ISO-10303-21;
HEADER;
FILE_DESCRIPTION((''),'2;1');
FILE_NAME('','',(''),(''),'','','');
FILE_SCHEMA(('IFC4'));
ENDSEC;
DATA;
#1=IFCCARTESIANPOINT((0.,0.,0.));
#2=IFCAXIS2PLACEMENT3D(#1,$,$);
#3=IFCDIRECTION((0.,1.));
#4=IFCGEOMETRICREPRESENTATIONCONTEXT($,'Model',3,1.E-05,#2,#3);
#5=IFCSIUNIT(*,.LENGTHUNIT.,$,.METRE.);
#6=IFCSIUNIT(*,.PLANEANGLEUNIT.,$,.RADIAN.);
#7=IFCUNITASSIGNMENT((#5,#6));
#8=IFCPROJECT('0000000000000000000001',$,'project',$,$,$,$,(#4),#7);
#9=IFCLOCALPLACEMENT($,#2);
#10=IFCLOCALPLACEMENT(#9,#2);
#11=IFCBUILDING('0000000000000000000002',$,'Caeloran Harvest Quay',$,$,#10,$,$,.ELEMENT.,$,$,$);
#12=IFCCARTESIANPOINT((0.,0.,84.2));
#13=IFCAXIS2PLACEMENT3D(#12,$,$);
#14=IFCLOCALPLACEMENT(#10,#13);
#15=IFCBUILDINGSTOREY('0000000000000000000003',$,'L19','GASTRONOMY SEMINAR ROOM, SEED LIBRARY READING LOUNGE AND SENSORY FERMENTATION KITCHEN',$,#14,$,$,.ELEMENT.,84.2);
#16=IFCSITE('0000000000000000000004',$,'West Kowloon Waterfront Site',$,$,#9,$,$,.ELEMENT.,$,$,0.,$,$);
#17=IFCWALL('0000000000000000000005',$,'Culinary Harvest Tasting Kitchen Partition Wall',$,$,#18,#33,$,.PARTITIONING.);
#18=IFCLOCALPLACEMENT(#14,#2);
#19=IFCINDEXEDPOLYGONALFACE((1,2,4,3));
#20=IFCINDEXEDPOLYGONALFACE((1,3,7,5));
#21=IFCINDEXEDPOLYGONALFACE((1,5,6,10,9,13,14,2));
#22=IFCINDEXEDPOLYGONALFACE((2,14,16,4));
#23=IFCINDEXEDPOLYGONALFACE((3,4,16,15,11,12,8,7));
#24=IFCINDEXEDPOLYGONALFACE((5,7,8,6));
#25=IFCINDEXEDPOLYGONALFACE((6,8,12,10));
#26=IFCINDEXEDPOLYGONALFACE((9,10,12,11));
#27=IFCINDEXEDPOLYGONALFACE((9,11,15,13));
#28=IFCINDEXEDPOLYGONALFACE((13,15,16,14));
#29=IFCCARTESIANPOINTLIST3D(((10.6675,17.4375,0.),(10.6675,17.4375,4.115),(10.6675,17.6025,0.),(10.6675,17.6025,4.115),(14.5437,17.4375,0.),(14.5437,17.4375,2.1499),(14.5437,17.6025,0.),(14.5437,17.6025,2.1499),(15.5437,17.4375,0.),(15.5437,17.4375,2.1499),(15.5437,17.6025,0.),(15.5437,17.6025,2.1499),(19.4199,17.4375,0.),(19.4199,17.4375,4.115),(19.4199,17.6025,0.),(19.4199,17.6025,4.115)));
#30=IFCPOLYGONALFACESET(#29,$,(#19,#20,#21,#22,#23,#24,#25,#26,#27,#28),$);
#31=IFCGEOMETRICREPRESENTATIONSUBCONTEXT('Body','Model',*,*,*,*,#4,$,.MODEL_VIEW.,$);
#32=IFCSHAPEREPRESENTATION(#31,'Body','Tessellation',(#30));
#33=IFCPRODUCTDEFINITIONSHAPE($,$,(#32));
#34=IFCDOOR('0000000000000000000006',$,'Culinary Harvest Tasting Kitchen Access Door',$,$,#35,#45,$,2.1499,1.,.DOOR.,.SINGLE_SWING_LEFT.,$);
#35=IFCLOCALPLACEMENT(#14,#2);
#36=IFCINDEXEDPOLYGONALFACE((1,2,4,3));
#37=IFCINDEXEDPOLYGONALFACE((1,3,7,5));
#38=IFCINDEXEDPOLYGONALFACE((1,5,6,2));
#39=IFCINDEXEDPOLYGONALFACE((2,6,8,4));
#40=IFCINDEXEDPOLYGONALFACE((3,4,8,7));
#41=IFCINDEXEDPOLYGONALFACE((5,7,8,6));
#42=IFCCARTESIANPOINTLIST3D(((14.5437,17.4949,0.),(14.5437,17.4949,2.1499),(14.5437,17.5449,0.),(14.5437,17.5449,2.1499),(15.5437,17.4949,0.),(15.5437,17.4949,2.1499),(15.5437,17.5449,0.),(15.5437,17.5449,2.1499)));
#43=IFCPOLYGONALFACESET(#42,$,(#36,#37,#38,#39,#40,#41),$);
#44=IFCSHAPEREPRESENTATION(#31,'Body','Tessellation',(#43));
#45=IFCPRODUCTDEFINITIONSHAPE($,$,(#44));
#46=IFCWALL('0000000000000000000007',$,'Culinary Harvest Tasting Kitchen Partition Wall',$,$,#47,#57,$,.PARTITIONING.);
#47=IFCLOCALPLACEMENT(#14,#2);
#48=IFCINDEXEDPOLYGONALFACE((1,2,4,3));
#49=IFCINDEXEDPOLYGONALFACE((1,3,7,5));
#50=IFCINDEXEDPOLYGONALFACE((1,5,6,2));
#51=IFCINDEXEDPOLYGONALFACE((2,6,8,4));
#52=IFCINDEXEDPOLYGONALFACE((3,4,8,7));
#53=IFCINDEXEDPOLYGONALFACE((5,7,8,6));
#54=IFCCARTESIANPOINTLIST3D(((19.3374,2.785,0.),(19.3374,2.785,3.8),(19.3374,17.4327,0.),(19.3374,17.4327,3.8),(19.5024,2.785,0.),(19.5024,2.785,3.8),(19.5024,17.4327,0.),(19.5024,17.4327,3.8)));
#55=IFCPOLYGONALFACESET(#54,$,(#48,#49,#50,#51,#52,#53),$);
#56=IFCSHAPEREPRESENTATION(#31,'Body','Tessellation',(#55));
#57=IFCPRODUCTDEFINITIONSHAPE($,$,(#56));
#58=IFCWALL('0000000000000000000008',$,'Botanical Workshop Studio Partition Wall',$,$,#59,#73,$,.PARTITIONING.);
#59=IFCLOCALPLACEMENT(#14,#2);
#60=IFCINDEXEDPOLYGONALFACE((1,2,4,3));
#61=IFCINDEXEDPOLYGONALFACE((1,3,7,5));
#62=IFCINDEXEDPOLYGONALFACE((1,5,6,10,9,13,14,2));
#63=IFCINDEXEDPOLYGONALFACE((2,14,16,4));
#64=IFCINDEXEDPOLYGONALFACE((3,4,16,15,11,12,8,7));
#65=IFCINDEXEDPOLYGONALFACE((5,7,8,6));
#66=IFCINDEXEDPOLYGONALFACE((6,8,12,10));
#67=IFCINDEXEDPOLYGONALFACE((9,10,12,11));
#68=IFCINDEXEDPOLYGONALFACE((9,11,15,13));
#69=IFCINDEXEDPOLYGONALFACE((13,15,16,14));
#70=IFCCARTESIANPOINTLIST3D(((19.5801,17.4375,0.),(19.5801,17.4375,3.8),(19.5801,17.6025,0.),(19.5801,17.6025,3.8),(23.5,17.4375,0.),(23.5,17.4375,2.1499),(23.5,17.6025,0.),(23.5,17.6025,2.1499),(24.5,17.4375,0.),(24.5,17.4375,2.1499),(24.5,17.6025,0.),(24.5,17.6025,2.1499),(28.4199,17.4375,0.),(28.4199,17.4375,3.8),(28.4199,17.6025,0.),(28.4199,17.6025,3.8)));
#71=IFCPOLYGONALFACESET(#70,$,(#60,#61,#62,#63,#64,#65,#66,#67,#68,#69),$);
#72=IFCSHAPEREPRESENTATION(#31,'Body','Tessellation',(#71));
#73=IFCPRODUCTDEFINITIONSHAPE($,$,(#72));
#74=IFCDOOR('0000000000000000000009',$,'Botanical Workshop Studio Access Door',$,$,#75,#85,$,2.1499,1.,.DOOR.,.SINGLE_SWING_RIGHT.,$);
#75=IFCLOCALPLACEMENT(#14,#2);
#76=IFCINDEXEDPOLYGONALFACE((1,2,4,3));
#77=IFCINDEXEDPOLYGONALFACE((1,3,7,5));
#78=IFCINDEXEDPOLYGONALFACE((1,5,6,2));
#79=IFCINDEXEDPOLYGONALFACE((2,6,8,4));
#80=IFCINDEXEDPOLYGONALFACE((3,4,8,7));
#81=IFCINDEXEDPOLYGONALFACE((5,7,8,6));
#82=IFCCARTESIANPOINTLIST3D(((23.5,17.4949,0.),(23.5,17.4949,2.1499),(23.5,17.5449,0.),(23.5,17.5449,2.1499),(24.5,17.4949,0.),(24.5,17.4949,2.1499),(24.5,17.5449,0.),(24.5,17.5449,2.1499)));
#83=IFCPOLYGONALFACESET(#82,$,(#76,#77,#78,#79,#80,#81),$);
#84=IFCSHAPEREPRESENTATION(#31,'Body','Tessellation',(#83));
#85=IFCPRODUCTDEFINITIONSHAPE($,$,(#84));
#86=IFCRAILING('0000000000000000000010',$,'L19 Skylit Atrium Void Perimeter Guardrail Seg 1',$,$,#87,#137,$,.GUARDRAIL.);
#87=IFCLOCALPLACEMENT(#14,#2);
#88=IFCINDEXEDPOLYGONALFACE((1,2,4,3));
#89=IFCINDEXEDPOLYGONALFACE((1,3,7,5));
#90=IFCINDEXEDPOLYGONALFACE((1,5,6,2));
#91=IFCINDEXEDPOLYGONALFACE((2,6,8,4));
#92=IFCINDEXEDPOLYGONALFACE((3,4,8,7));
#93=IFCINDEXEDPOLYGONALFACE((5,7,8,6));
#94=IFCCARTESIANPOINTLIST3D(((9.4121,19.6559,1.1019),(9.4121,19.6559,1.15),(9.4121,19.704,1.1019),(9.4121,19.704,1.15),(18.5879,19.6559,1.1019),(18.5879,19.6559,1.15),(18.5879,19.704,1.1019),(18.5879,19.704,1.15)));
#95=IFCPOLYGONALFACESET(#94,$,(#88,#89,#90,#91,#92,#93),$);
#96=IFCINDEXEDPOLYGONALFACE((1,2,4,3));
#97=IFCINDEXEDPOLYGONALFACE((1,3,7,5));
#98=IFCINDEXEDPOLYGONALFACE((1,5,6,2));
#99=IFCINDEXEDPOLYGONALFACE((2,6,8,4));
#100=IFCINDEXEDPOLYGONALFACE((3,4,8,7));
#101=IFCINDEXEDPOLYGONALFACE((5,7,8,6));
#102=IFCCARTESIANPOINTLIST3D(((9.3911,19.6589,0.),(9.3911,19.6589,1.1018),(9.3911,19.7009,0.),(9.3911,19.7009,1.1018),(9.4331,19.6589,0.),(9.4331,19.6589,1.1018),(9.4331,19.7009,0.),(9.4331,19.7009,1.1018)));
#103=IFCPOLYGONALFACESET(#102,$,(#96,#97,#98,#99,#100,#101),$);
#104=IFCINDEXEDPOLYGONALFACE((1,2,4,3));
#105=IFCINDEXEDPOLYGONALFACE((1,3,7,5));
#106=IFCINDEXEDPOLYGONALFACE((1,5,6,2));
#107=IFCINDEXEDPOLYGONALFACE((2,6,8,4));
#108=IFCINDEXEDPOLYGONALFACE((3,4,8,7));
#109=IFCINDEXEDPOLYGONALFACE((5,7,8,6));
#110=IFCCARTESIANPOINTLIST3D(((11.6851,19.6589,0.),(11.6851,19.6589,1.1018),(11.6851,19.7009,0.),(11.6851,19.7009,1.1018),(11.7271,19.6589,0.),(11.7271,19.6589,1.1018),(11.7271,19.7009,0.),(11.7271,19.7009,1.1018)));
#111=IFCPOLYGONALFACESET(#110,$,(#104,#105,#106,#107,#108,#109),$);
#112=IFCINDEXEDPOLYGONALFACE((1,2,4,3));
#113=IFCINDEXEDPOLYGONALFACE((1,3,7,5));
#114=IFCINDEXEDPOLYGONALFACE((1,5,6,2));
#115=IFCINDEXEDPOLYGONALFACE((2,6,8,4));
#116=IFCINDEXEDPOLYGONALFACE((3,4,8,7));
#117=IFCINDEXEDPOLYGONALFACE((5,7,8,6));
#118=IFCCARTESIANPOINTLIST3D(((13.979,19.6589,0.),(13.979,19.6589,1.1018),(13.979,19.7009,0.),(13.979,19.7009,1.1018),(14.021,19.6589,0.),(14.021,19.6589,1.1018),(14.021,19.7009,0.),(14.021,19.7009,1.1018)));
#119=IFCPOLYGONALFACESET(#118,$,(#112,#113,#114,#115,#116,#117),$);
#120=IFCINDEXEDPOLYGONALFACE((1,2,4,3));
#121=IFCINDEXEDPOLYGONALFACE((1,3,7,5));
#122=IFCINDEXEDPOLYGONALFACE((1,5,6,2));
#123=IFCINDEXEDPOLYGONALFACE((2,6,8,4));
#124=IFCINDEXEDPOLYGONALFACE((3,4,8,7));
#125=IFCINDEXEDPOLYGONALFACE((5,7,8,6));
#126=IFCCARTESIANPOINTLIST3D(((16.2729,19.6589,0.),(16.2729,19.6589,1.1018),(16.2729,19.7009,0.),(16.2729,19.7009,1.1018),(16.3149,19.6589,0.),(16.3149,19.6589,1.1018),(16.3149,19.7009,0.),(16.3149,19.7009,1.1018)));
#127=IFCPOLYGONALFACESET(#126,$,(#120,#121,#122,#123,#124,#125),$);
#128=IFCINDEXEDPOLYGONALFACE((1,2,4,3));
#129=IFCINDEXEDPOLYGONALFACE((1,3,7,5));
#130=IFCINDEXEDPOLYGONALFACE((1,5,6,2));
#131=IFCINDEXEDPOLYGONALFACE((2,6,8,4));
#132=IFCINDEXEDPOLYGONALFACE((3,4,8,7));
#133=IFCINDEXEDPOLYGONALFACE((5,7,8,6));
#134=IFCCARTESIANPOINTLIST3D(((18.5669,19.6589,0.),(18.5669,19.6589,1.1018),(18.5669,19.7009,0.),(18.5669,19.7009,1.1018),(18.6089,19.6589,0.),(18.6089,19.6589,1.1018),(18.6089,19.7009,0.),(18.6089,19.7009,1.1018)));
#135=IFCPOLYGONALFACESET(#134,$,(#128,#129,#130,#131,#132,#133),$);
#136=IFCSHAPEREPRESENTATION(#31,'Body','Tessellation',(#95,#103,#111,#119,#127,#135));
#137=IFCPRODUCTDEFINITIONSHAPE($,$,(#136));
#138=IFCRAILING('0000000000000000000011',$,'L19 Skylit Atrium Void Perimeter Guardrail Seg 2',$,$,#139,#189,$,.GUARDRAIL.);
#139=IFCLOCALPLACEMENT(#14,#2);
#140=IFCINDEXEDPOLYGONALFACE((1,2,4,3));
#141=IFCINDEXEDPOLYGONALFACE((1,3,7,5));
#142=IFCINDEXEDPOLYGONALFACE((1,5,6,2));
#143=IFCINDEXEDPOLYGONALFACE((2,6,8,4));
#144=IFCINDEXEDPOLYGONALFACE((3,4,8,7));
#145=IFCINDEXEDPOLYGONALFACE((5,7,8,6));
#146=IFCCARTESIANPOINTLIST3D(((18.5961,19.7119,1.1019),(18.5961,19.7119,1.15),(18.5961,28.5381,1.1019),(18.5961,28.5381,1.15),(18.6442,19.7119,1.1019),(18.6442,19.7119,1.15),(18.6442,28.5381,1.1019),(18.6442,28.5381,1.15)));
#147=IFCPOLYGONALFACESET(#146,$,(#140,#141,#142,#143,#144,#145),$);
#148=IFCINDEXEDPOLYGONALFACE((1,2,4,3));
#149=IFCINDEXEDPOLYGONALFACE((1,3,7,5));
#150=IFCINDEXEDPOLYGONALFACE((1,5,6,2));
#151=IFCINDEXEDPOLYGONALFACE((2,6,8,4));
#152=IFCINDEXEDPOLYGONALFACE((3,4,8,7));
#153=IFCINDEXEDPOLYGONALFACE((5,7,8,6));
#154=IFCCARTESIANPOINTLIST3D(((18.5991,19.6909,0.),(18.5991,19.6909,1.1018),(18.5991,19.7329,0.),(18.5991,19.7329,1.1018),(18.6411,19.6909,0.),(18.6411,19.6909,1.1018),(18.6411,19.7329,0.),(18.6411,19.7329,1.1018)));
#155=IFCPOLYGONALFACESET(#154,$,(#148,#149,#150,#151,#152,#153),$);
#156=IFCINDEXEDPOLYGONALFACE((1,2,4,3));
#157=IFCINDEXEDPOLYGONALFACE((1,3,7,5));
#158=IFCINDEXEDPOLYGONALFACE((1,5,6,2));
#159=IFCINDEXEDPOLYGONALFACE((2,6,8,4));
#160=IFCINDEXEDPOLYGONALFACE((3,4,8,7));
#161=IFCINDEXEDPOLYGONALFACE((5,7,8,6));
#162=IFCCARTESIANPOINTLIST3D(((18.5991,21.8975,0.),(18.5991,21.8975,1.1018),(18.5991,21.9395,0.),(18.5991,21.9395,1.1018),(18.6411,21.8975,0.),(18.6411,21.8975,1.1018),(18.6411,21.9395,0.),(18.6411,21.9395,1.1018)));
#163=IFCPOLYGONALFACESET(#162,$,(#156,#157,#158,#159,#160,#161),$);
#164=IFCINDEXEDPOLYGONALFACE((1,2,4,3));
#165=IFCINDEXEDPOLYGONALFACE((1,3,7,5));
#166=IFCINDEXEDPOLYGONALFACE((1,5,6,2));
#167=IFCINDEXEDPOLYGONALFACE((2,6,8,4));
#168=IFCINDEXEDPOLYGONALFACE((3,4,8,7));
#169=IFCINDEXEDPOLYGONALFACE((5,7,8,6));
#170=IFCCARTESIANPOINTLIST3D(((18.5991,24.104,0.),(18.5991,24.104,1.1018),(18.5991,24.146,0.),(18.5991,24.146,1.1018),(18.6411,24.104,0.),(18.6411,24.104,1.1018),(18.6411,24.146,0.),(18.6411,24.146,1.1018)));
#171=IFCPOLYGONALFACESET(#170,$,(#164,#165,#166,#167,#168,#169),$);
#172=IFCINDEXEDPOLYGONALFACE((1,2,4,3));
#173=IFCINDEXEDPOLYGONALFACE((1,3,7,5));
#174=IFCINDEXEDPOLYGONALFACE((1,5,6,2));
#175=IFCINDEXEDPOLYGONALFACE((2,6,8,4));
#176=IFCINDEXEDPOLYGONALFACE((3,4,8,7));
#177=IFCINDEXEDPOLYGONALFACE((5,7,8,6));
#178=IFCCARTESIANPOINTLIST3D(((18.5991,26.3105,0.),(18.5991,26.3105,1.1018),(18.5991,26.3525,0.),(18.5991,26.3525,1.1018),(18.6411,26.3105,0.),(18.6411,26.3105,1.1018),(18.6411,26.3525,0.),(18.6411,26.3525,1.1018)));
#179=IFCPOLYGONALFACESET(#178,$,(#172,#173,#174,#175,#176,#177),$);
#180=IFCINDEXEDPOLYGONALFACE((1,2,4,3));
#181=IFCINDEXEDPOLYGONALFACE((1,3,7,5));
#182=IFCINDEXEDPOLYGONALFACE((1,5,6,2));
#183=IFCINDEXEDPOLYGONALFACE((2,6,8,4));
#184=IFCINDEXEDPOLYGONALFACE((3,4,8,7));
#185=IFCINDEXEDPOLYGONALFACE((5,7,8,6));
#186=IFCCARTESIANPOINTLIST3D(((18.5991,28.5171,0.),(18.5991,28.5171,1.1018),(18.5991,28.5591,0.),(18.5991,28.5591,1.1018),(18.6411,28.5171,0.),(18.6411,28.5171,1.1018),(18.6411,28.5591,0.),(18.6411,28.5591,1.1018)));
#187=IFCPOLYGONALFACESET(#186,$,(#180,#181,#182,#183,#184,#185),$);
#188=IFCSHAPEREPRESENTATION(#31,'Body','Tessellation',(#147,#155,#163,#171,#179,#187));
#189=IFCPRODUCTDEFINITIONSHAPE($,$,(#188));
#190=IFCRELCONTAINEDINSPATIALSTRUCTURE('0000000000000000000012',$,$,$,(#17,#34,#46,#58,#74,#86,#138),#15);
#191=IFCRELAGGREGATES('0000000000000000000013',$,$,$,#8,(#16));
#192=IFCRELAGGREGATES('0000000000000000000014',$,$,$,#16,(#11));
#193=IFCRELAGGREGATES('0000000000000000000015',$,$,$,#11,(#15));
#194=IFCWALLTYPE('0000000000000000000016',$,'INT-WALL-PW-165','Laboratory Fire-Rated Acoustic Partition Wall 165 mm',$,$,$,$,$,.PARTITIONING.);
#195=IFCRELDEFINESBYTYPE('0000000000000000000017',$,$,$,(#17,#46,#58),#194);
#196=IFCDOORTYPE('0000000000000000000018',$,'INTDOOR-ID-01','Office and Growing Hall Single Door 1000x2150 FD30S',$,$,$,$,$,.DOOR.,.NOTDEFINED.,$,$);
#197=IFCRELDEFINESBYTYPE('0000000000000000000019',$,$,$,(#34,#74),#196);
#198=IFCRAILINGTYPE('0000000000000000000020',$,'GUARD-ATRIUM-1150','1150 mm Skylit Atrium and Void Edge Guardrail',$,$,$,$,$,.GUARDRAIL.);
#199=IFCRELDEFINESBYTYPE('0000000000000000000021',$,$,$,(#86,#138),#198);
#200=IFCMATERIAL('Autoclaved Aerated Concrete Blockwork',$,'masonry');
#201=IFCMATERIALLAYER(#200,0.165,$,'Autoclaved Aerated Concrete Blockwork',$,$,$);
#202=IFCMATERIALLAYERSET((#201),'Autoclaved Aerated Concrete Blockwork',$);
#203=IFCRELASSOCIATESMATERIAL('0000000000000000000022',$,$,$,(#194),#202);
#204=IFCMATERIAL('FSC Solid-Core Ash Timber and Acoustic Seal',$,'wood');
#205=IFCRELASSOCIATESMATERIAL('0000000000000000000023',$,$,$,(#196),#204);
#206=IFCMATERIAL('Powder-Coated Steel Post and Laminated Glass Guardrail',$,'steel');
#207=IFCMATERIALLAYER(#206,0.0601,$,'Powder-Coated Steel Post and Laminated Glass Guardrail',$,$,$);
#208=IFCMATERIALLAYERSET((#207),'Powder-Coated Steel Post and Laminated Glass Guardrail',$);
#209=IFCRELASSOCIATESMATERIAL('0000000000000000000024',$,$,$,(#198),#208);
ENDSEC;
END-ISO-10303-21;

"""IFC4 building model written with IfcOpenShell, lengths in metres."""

from ifc_helpers import new_model, si_unit, direction, frame, frame_2d, origin, origin_2d, place, context, subcontext, project, spatial, rectangle, extrude, material, layer, layer_set, type_object, element, fill, save


model = new_model("IFC4")

# Units and contexts
model_context = context("Model", 3, precision=1e-05, world=origin(), true_north=direction((0.0, 1.0)))
body_context = subcontext(model_context, "Body", "Model", "MODEL_VIEW")
ifc_project = project(units=[si_unit("LENGTHUNIT", "METRE"), si_unit("PLANEANGLEUNIT", "RADIAN")], contexts=[model_context])

# Site, building, storey
site_placement = place(None, origin())
site = spatial("IfcSite", under=ifc_project, at=site_placement, Name="West Kowloon Waterfront Site", CompositionType="ELEMENT", RefElevation=0.0)
building_placement = place(site_placement, origin())
building = spatial("IfcBuilding", under=site, at=building_placement, Name="Caeloran Harvest Quay", CompositionType="ELEMENT")
storey_placement = place(building_placement, frame((0.0, 0.0, 84.2)))
storey = spatial("IfcBuildingStorey", under=building, at=storey_placement, Name="L19", Description="GASTRONOMY SEMINAR ROOM, SEED LIBRARY READING LOUNGE AND SENSORY FERMENTATION KITCHEN", CompositionType="ELEMENT", Elevation=84.2)

# Wall, opening, door
ifc_material_1 = material(Name="Autoclaved Aerated Concrete Blockwork", Category="masonry")
ifc_layer_1 = layer(ifc_material_1, 0.165, Name="Autoclaved Aerated Concrete Blockwork")
ifc_layer_set_1 = layer_set([ifc_layer_1], Name="Autoclaved Aerated Concrete Blockwork")
wall_type_1 = type_object("IfcWallType", Name="INT-WALL-PW-165", Description="Laboratory Fire-Rated Acoustic Partition Wall 165 mm", PredefinedType="PARTITIONING", material=ifc_layer_set_1)
wall_1_placement = place(storey_placement, frame((10.6675, 17.52, 0.0), z_axis=(0.0, 0.0, 1.0), x_axis=(1.0, 0.0, 0.0)))
wall_1 = element("IfcWall", 1, at=wall_1_placement, inside=storey, type_object=wall_type_1, Name="Culinary Harvest Tasting Kitchen Partition Wall", PredefinedType="PARTITIONING", context=body_context, shape_type="SweptSolid", body=[
    extrude(rectangle(XDim=8.7524, YDim=0.165, at=frame_2d((4.3762, 0.0))), origin(), (0.0, 0.0, 1.0), 4.115),
])
opening_1_placement = place(wall_1_placement, frame((3.8762, 0.0, 0.0)))
opening_1 = element("IfcOpeningElement", 2, at=opening_1_placement, cuts=wall_1, PredefinedType="OPENING", context=body_context, shape_type="SweptSolid", body=[
    extrude(rectangle(XDim=1.0, YDim=2.1499, at=frame_2d((0.5, 1.075))), frame((0.0, 0.0925, 0.0), z_axis=(0.0, -1.0, 0.0), x_axis=(1.0, 0.0, 0.0)), (0.0, 0.0, 1.0), 0.1851),
])
ifc_material_2 = material(Name="FSC Solid-Core Ash Timber and Acoustic Seal", Category="wood")
door_type_1 = type_object("IfcDoorType", Name="INTDOOR-ID-01", Description="Office and Growing Hall Single Door 1000x2150 FD30S", OperationType="NOTDEFINED", PredefinedType="DOOR", material=ifc_material_2)
door_1_placement = place(opening_1_placement, origin())
door_1 = element("IfcDoor", 3, at=door_1_placement, inside=storey, type_object=door_type_1, Name="Culinary Harvest Tasting Kitchen Access Door", OperationType="SINGLE_SWING_LEFT", OverallHeight=2.1499, OverallWidth=1.0, PredefinedType="DOOR", context=body_context, shape_type="SweptSolid", body=[
    extrude(rectangle(XDim=1.0, YDim=2.1499, at=frame_2d((0.5, 1.075))), frame((0.0, 0.0249, 0.0), z_axis=(0.0, -1.0, 0.0), x_axis=(1.0, 0.0, 0.0)), (0.0, 0.0, 1.0), 0.05),
])
fill(opening_1, door_1)

# Wall
wall_2_placement = place(storey_placement, frame((19.4199, 17.4326, 0.0), z_axis=(0.0, 0.0, 1.0), x_axis=(0.0, -1.0, 0.0)))
element("IfcWall", 4, at=wall_2_placement, inside=storey, type_object=wall_type_1, Name="Culinary Harvest Tasting Kitchen Partition Wall", PredefinedType="PARTITIONING", context=body_context, shape_type="SweptSolid", body=[
    extrude(rectangle(XDim=14.6477, YDim=0.165, at=frame_2d((7.3237, 0.0))), origin(), (0.0, 0.0, 1.0), 3.8),
])

# Wall, opening, door
wall_3_placement = place(storey_placement, frame((19.5801, 17.52, 0.0), z_axis=(0.0, 0.0, 1.0), x_axis=(1.0, 0.0, 0.0)))
wall_3 = element("IfcWall", 5, at=wall_3_placement, inside=storey, type_object=wall_type_1, Name="Botanical Workshop Studio Partition Wall", PredefinedType="PARTITIONING", context=body_context, shape_type="SweptSolid", body=[
    extrude(rectangle(XDim=8.8398, YDim=0.165, at=frame_2d((4.4199, 0.0))), origin(), (0.0, 0.0, 1.0), 3.8),
])
opening_2_placement = place(wall_3_placement, frame((3.9199, 0.0, 0.0)))
opening_2 = element("IfcOpeningElement", 6, at=opening_2_placement, cuts=wall_3, PredefinedType="OPENING", context=body_context, shape_type="SweptSolid", body=[
    extrude(rectangle(XDim=1.0, YDim=2.1499, at=frame_2d((0.5, 1.075))), frame((0.0, 0.0925, 0.0), z_axis=(0.0, -1.0, 0.0), x_axis=(1.0, 0.0, 0.0)), (0.0, 0.0, 1.0), 0.1851),
])
door_2_placement = place(opening_2_placement, origin())
door_2 = element("IfcDoor", 7, at=door_2_placement, inside=storey, type_object=door_type_1, Name="Botanical Workshop Studio Access Door", OperationType="SINGLE_SWING_RIGHT", OverallHeight=2.1499, OverallWidth=1.0, PredefinedType="DOOR", context=body_context, shape_type="SweptSolid", body=[
    extrude(rectangle(XDim=1.0, YDim=2.1499, at=frame_2d((0.5, 1.075))), frame((0.0, 0.0249, 0.0), z_axis=(0.0, -1.0, 0.0), x_axis=(1.0, 0.0, 0.0)), (0.0, 0.0, 1.0), 0.05),
])
fill(opening_2, door_2)

# Railings
ifc_material_3 = material(Name="Powder-Coated Steel Post and Laminated Glass Guardrail", Category="steel")
ifc_layer_2 = layer(ifc_material_3, 0.0601, Name="Powder-Coated Steel Post and Laminated Glass Guardrail")
ifc_layer_set_2 = layer_set([ifc_layer_2], Name="Powder-Coated Steel Post and Laminated Glass Guardrail")
railing_type = type_object("IfcRailingType", Name="GUARD-ATRIUM-1150", Description="1150 mm Skylit Atrium and Void Edge Guardrail", PredefinedType="GUARDRAIL", material=ifc_layer_set_2)
railing_1_placement = place(storey_placement, frame((9.4121, 19.6799, 0.0)))
element("IfcRailing", 8, at=railing_1_placement, inside=storey, type_object=railing_type, Name="L19 Skylit Atrium Void Perimeter Guardrail Seg 1", PredefinedType="GUARDRAIL", context=body_context, shape_type="SweptSolid", body=[
    extrude(rectangle(XDim=0.0481, YDim=0.0481, at=origin_2d()), frame((0.0, 0.0, 1.126), z_axis=(1.0, 0.0, 0.0), x_axis=(0.0, 1.0, 0.0)), (0.0, 0.0, 1.0), 9.1758),
    extrude(rectangle(XDim=0.042, YDim=0.042, at=origin_2d()), origin(), (0.0, 0.0, 1.0), 1.1018),
    extrude(rectangle(XDim=0.042, YDim=0.042, at=origin_2d()), frame((2.2939, 0.0, 0.0)), (0.0, 0.0, 1.0), 1.1018),
    extrude(rectangle(XDim=0.042, YDim=0.042, at=origin_2d()), frame((4.5879, 0.0, 0.0)), (0.0, 0.0, 1.0), 1.1018),
    extrude(rectangle(XDim=0.042, YDim=0.042, at=origin_2d()), frame((6.8818, 0.0, 0.0)), (0.0, 0.0, 1.0), 1.1018),
    extrude(rectangle(XDim=0.042, YDim=0.042, at=origin_2d()), frame((9.1758, 0.0, 0.0)), (0.0, 0.0, 1.0), 1.1018),
])
railing_2_placement = place(storey_placement, frame((18.6201, 19.7119, 0.0)))
element("IfcRailing", 9, at=railing_2_placement, inside=storey, type_object=railing_type, Name="L19 Skylit Atrium Void Perimeter Guardrail Seg 2", PredefinedType="GUARDRAIL", context=body_context, shape_type="SweptSolid", body=[
    extrude(rectangle(XDim=0.0481, YDim=0.0481, at=origin_2d()), frame((0.0, 0.0, 1.126), z_axis=(0.0, 1.0, 0.0), x_axis=(-1.0, 0.0, 0.0)), (0.0, 0.0, 1.0), 8.8262),
    extrude(rectangle(XDim=0.042, YDim=0.042, at=origin_2d()), origin(), (0.0, 0.0, 1.0), 1.1018),
    extrude(rectangle(XDim=0.042, YDim=0.042, at=origin_2d()), frame((0.0, 2.2065, 0.0)), (0.0, 0.0, 1.0), 1.1018),
    extrude(rectangle(XDim=0.042, YDim=0.042, at=origin_2d()), frame((0.0, 4.4131, 0.0)), (0.0, 0.0, 1.0), 1.1018),
    extrude(rectangle(XDim=0.042, YDim=0.042, at=origin_2d()), frame((0.0, 6.6196, 0.0)), (0.0, 0.0, 1.0), 1.1018),
    extrude(rectangle(XDim=0.042, YDim=0.042, at=origin_2d()), frame((0.0, 8.8262, 0.0)), (0.0, 0.0, 1.0), 1.1018),
])

save(model, "model.ifc")
